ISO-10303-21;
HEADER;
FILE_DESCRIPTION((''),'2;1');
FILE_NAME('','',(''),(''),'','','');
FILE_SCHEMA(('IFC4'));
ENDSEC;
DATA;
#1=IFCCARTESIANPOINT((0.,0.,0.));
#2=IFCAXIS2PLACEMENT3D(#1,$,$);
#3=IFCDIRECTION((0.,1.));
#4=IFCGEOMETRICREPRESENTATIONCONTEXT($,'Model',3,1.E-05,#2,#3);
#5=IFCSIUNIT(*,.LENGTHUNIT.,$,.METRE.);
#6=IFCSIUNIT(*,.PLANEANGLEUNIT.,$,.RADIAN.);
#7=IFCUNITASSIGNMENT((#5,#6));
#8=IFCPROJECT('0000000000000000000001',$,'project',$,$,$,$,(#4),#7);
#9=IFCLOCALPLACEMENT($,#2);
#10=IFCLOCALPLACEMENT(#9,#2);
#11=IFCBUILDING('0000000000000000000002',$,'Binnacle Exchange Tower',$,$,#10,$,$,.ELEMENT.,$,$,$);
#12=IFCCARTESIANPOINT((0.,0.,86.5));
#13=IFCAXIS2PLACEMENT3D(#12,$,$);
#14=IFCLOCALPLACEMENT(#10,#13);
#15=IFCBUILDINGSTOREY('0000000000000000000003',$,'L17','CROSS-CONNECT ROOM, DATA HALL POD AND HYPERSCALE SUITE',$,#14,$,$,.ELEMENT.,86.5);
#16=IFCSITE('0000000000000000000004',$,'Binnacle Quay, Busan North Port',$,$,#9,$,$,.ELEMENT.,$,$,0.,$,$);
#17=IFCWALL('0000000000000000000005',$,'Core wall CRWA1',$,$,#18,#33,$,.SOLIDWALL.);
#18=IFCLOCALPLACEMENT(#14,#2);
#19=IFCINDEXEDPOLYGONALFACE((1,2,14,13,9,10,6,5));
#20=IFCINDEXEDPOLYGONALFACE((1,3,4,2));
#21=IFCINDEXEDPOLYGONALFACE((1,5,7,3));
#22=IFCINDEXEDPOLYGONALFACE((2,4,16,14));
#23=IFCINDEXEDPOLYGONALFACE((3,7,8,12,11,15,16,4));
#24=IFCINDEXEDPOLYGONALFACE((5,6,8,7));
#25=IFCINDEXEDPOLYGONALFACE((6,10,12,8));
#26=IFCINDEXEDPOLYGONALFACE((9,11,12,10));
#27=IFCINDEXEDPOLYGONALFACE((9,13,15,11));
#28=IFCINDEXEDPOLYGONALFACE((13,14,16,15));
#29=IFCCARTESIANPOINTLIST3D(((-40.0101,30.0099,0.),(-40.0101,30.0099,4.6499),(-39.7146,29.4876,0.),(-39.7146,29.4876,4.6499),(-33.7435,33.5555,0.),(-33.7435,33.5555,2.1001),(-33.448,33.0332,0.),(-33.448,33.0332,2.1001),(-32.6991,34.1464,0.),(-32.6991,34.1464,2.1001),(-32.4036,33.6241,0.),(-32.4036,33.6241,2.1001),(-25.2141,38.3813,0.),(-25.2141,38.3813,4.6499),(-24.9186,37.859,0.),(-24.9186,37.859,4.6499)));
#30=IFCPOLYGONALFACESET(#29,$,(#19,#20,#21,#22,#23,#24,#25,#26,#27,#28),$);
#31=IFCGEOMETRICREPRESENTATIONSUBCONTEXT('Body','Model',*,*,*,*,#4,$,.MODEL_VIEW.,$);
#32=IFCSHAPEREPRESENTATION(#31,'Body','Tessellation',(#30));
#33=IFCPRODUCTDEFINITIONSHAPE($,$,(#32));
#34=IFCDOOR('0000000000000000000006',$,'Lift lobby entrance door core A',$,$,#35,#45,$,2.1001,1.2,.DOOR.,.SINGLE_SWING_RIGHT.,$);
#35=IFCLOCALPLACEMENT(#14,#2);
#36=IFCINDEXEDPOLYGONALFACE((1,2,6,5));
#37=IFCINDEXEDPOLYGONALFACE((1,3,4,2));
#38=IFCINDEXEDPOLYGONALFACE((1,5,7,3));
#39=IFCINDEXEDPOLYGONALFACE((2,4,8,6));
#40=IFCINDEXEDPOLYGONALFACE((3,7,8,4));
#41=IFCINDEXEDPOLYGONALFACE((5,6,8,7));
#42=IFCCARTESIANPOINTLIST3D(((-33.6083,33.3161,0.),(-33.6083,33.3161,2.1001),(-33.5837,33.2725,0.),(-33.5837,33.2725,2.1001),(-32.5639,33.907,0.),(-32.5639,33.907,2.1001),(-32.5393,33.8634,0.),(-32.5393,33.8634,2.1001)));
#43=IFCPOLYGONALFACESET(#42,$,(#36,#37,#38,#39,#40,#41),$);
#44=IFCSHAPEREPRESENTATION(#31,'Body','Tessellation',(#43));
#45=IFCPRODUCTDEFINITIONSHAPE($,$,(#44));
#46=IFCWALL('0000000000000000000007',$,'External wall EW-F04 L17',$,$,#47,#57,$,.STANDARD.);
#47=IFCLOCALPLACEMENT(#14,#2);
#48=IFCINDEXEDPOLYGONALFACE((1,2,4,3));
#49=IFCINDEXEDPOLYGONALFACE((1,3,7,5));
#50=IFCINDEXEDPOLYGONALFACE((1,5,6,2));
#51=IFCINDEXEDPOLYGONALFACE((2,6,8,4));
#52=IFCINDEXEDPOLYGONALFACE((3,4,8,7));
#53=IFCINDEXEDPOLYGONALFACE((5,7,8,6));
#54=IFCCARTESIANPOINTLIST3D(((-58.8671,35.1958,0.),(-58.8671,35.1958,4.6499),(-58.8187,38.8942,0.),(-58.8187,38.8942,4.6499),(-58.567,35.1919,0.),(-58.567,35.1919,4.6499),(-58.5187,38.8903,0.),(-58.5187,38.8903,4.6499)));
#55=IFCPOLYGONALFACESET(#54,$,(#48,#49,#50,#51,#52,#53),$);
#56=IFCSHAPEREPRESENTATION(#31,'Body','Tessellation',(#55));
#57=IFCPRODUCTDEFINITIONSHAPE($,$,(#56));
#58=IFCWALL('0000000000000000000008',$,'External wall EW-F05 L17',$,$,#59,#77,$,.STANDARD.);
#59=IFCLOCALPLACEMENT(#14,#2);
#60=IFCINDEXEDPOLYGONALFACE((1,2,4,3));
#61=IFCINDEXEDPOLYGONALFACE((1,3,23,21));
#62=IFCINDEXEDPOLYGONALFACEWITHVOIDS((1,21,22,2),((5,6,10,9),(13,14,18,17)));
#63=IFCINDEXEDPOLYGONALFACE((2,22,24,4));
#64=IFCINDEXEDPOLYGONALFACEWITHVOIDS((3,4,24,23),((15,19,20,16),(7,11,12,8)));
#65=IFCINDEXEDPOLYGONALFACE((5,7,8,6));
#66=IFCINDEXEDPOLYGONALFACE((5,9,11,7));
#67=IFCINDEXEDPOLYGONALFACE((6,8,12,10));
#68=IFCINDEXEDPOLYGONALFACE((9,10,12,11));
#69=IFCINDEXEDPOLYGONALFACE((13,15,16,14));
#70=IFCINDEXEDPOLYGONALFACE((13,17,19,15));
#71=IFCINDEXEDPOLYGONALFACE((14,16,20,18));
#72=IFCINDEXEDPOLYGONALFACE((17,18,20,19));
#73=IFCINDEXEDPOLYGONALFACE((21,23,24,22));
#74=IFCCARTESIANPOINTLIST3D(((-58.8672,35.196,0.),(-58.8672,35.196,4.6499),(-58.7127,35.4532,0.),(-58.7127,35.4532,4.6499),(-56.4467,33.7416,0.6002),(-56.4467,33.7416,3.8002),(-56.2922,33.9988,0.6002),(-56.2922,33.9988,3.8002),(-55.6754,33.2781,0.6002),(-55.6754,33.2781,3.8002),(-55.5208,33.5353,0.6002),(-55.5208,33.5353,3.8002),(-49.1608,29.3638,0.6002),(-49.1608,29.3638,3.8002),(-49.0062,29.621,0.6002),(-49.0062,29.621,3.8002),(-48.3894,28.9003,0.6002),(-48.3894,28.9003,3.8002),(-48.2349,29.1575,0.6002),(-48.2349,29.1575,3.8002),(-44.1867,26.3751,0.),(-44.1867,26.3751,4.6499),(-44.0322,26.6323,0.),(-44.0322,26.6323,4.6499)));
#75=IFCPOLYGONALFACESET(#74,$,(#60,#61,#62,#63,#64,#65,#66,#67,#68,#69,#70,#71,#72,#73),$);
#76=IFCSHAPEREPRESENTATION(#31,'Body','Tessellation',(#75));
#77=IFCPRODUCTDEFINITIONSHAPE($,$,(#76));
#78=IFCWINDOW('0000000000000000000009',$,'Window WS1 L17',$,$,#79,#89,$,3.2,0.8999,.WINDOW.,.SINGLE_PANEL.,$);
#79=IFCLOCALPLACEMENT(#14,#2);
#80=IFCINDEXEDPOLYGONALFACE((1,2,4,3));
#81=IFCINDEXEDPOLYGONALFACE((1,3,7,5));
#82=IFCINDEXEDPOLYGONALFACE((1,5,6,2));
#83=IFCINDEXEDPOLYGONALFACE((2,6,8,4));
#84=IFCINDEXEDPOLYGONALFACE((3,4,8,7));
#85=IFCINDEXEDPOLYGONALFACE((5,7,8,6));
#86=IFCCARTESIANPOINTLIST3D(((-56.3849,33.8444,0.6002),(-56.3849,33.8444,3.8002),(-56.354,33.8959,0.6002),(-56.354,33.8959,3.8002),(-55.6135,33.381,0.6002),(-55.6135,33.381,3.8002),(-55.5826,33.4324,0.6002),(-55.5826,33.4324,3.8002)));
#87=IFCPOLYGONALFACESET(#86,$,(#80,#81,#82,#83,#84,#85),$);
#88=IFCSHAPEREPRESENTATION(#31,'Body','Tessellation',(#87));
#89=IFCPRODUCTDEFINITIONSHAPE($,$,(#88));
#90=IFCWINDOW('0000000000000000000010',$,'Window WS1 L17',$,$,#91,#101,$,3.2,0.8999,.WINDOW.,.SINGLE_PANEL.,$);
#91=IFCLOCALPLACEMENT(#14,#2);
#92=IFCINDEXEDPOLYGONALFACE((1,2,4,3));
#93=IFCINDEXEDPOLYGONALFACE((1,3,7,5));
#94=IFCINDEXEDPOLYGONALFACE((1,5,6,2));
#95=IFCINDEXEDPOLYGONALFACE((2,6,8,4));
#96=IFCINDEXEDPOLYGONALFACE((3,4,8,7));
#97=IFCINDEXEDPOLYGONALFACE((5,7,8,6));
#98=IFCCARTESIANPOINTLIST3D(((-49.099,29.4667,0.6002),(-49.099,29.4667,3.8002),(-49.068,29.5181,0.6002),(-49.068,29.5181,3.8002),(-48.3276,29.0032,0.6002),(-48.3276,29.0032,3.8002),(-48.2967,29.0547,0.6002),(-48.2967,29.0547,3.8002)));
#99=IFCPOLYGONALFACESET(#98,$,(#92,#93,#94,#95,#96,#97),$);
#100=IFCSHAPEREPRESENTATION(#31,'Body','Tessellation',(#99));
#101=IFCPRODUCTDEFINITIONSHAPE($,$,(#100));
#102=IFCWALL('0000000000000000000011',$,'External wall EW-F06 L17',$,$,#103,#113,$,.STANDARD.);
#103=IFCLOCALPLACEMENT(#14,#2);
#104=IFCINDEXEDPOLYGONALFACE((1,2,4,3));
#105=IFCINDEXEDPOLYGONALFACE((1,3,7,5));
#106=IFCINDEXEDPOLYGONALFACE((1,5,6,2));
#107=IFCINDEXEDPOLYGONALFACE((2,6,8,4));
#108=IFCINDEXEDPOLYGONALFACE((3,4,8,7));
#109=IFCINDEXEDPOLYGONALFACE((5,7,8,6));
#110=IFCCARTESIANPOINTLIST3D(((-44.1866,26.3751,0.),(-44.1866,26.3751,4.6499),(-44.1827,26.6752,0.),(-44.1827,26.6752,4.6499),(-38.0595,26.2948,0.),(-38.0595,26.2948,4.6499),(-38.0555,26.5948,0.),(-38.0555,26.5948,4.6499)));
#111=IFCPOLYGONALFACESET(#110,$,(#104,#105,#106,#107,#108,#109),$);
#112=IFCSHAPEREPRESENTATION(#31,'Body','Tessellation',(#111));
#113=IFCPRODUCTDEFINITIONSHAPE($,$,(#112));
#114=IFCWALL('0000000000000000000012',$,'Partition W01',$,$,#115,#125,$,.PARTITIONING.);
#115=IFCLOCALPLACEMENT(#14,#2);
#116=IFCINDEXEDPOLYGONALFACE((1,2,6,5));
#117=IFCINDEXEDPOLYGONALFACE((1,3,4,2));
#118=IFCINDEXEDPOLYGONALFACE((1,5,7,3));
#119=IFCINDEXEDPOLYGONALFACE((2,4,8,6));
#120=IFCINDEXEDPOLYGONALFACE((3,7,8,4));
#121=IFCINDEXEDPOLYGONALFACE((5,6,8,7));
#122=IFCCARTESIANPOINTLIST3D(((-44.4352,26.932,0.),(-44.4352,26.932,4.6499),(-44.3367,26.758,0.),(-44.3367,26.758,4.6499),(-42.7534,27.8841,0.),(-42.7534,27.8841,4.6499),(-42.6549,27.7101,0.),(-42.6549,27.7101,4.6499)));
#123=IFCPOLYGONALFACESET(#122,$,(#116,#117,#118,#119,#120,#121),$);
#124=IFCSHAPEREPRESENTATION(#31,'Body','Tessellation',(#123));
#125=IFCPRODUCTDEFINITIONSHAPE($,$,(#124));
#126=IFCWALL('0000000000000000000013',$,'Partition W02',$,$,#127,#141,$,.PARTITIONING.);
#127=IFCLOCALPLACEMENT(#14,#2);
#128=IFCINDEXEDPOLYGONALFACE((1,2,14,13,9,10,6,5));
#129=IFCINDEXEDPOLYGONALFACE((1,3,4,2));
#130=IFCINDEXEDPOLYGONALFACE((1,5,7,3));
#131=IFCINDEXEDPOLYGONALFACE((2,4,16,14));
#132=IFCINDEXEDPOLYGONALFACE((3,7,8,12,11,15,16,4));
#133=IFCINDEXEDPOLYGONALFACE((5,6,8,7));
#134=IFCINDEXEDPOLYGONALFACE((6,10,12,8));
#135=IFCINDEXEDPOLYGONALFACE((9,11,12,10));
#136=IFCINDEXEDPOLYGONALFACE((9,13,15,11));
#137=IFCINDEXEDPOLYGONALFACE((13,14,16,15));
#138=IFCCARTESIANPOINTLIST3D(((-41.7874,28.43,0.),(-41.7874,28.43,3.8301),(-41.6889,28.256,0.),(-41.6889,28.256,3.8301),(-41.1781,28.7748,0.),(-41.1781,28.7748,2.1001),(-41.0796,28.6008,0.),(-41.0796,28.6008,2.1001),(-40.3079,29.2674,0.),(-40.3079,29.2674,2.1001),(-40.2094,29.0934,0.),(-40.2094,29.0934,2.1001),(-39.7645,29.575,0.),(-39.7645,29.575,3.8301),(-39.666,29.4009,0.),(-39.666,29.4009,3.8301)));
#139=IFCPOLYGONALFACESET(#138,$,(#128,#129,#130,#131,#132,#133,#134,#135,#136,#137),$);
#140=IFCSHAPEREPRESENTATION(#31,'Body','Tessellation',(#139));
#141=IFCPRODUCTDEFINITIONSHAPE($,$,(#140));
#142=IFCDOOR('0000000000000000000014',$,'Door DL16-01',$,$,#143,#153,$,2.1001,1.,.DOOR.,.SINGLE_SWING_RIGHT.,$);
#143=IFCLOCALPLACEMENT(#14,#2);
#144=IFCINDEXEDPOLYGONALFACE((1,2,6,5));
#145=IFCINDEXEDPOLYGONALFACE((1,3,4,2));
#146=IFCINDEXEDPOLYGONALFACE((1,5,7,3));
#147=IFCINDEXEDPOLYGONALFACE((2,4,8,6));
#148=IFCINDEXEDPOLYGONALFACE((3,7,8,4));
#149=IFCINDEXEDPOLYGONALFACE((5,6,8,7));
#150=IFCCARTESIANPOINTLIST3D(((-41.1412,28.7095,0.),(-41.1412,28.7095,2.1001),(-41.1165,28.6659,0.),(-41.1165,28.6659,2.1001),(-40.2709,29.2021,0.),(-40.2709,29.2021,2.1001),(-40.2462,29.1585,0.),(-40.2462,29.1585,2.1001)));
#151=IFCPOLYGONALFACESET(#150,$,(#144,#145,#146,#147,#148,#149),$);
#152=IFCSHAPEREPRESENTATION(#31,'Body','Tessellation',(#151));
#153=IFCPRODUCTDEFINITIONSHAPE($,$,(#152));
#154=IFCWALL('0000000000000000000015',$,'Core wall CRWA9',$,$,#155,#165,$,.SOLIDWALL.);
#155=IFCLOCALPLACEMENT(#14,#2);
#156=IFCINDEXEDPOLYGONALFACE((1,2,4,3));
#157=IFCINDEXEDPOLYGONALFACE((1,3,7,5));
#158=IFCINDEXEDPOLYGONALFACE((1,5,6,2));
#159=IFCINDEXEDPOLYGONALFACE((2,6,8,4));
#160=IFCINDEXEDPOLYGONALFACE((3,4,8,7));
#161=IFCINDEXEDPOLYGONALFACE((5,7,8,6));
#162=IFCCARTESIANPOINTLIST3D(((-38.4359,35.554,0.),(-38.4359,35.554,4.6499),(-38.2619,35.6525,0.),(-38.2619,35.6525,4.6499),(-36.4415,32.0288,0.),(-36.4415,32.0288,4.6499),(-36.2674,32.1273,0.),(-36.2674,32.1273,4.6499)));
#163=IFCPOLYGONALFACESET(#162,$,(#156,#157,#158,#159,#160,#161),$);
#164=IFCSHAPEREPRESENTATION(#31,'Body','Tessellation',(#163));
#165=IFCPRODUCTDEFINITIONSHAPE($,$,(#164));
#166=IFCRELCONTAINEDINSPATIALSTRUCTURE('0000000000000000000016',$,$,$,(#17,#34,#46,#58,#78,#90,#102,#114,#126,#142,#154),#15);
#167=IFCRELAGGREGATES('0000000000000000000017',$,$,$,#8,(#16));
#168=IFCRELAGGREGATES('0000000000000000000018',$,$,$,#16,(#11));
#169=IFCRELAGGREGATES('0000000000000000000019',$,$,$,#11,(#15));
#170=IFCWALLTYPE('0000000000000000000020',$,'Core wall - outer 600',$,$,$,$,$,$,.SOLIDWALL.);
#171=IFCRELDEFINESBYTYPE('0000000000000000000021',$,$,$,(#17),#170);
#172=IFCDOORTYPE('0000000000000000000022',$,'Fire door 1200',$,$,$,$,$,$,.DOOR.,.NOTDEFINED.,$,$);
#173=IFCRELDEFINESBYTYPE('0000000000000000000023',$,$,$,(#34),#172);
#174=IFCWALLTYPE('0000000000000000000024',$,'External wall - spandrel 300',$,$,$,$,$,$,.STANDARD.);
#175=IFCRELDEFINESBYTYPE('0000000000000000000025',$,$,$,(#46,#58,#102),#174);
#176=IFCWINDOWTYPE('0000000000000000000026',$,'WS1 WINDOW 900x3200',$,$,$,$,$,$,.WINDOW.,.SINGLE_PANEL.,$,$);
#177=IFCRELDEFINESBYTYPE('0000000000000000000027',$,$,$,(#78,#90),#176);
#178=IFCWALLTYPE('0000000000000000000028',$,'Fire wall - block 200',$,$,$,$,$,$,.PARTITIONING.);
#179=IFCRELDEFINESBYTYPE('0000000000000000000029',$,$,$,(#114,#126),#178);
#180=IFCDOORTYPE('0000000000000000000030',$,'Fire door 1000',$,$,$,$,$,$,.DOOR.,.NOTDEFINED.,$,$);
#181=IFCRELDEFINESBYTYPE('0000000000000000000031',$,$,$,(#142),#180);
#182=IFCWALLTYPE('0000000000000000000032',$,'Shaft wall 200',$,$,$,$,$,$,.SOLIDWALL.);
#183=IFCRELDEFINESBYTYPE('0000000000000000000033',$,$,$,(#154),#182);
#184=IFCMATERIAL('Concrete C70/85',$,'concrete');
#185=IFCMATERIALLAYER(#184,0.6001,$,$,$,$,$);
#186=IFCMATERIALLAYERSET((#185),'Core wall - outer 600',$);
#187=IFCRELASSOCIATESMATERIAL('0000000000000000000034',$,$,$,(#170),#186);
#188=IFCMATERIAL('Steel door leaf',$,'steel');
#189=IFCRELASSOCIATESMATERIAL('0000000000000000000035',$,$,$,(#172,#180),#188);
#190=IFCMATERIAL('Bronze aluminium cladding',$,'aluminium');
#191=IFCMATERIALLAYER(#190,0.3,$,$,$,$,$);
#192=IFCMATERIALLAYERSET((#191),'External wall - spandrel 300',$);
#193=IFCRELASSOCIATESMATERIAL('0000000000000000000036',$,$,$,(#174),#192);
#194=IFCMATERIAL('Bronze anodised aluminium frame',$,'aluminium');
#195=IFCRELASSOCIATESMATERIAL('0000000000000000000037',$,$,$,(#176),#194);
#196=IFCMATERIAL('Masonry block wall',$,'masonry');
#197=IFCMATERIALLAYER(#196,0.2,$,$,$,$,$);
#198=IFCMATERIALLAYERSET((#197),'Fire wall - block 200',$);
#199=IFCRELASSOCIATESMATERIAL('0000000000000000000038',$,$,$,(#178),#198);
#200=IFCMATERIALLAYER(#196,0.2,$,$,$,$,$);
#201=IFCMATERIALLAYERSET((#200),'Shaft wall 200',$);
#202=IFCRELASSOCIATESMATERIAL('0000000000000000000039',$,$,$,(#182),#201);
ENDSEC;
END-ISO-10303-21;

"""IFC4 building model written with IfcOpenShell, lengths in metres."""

from ifc_helpers import new_model, si_unit, direction, frame, frame_2d, origin, place, context, subcontext, project, spatial, rectangle, extrude, material, layer, layer_set, type_object, element, fill, save


model = new_model("IFC4")

# Units and contexts
model_context = context("Model", 3, precision=1e-05, world=origin(), true_north=direction((0.0, 1.0)))
body_context = subcontext(model_context, "Body", "Model", "MODEL_VIEW")
ifc_project = project(units=[si_unit("LENGTHUNIT", "METRE"), si_unit("PLANEANGLEUNIT", "RADIAN")], contexts=[model_context])

# Site, building, storey
site_placement = place(None, origin())
site = spatial("IfcSite", under=ifc_project, at=site_placement, Name="Binnacle Quay, Busan North Port", CompositionType="ELEMENT", RefElevation=0.0)
building_placement = place(site_placement, origin())
building = spatial("IfcBuilding", under=site, at=building_placement, Name="Binnacle Exchange Tower", CompositionType="ELEMENT")
storey_placement = place(building_placement, frame((0.0, 0.0, 86.5)))
storey = spatial("IfcBuildingStorey", under=building, at=storey_placement, Name="L17", Description="CROSS-CONNECT ROOM, DATA HALL POD AND HYPERSCALE SUITE", CompositionType="ELEMENT", Elevation=86.5)

# Shared definitions
ifc_material_1 = material(Name="Concrete C70/85", Category="concrete")

# Shared definitions
ifc_material_2 = material(Name="Steel door leaf", Category="steel")

# Wall, opening, door
ifc_layer_1 = layer(ifc_material_1, 0.6001)
ifc_layer_set_1 = layer_set([ifc_layer_1], Name="Core wall - outer 600")
wall_type_1 = type_object("IfcWallType", Name="Core wall - outer 600", PredefinedType="SOLIDWALL", material=ifc_layer_set_1)
wall_1_placement = place(storey_placement, frame((-39.8623, 29.7488, 0.0), z_axis=(0.0, 0.0, 1.0), x_axis=(0.87035, 0.492433, 0.0)))
wall_1 = element("IfcWall", 1, at=wall_1_placement, inside=storey, type_object=wall_type_1, Name="Core wall CRWA1", PredefinedType="SOLIDWALL", context=body_context, shape_type="SweptSolid", body=[
    extrude(rectangle(XDim=17.0, YDim=0.6001, at=frame_2d((8.5, 0.0))), origin(), (0.0, 0.0, 1.0), 4.6499),
])
opening_1_placement = place(wall_1_placement, frame((7.2, 0.0, 0.0)))
opening_1 = element("IfcOpeningElement", 2, at=opening_1_placement, cuts=wall_1, PredefinedType="OPENING", context=body_context, shape_type="SweptSolid", body=[
    extrude(rectangle(XDim=1.2, YDim=2.1001, at=frame_2d((0.6001, 1.05))), frame((0.0, 0.3101, 0.0), z_axis=(0.0, -1.0, 0.0), x_axis=(1.0, 0.0, 0.0)), (0.0, 0.0, 1.0), 0.6201),
])
door_type_1 = type_object("IfcDoorType", Name="Fire door 1200", OperationType="NOTDEFINED", PredefinedType="DOOR", material=ifc_material_2)
door_1_placement = place(opening_1_placement, frame((1.2, 0.0, 0.0), z_axis=(0.0, 0.0, 1.0), x_axis=(-1.0, 0.0, 0.0)))
door_1 = element("IfcDoor", 3, at=door_1_placement, inside=storey, type_object=door_type_1, Name="Lift lobby entrance door core A", OperationType="SINGLE_SWING_RIGHT", OverallHeight=2.1001, OverallWidth=1.2, PredefinedType="DOOR", context=body_context, shape_type="SweptSolid", body=[
    extrude(rectangle(XDim=1.2, YDim=2.1001, at=frame_2d((0.6001, 1.05))), frame((0.0, 0.0249, 0.0), z_axis=(0.0, -1.0, 0.0), x_axis=(1.0, 0.0, 0.0)), (0.0, 0.0, 1.0), 0.05),
])
fill(opening_1, door_1)

# Wall
ifc_material_3 = material(Name="Bronze aluminium cladding", Category="aluminium")
ifc_layer_2 = layer(ifc_material_3, 0.3)
ifc_layer_set_2 = layer_set([ifc_layer_2], Name="External wall - spandrel 300")
wall_type_2 = type_object("IfcWallType", Name="External wall - spandrel 300", PredefinedType="STANDARD", material=ifc_layer_set_2)
wall_2_placement = place(storey_placement, frame((-58.717, 35.1938, 0.0), z_axis=(0.0, 0.0, 1.0), x_axis=(0.013069, 0.999915, 0.0)))
element("IfcWall", 4, at=wall_2_placement, inside=storey, type_object=wall_type_2, Name="External wall EW-F04 L17", PredefinedType="STANDARD", context=body_context, shape_type="SweptSolid", body=[
    extrude(rectangle(XDim=3.6987, YDim=0.3, at=frame_2d((1.8494, 0.0))), origin(), (0.0, 0.0, 1.0), 4.6499),
])

# Wall, openings, windows
wall_3_placement = place(storey_placement, frame((-44.1094, 26.5037, 0.0), z_axis=(0.0, 0.0, 1.0), x_axis=(-0.85717, 0.515034, 0.0)))
wall_3 = element("IfcWall", 5, at=wall_3_placement, inside=storey, type_object=wall_type_2, Name="External wall EW-F05 L17", PredefinedType="STANDARD", context=body_context, shape_type="SweptSolid", body=[
    extrude(rectangle(XDim=17.1267, YDim=0.3, at=frame_2d((8.5635, 0.0))), origin(), (0.0, 0.0, 1.0), 4.6499),
])
opening_2_placement = place(wall_3_placement, frame((13.4031, 0.0, 0.6001)))
opening_2 = element("IfcOpeningElement", 6, at=opening_2_placement, cuts=wall_3, PredefinedType="OPENING", context=body_context, shape_type="SweptSolid", body=[
    extrude(rectangle(XDim=0.8999, YDim=3.2, at=frame_2d((0.45, 1.6001))), frame((0.0, 0.1599, 0.0), z_axis=(0.0, -1.0, 0.0), x_axis=(1.0, 0.0, 0.0)), (0.0, 0.0, 1.0), 0.3201),
])
opening_3_placement = place(wall_3_placement, frame((4.9031, 0.0, 0.6001)))
opening_3 = element("IfcOpeningElement", 7, at=opening_3_placement, cuts=wall_3, PredefinedType="OPENING", context=body_context, shape_type="SweptSolid", body=[
    extrude(rectangle(XDim=0.8999, YDim=3.2, at=frame_2d((0.45, 1.6001))), frame((0.0, 0.1599, 0.0), z_axis=(0.0, -1.0, 0.0), x_axis=(1.0, 0.0, 0.0)), (0.0, 0.0, 1.0), 0.3201),
])
ifc_material_4 = material(Name="Bronze anodised aluminium frame", Category="aluminium")
window_type = type_object("IfcWindowType", Name="WS1 WINDOW 900x3200", PartitioningType="SINGLE_PANEL", PredefinedType="WINDOW", material=ifc_material_4)
window_1_placement = place(opening_2_placement, origin())
window_1 = element("IfcWindow", 8, at=window_1_placement, inside=storey, type_object=window_type, Name="Window WS1 L17", OverallHeight=3.2, OverallWidth=0.8999, PartitioningType="SINGLE_PANEL", PredefinedType="WINDOW", context=body_context, shape_type="SweptSolid", body=[
    extrude(rectangle(XDim=0.8999, YDim=3.2, at=frame_2d((0.45, 1.6001))), frame((0.0, 0.03, 0.0), z_axis=(0.0, -1.0, 0.0), x_axis=(1.0, 0.0, 0.0)), (0.0, 0.0, 1.0), 0.0601),
])
fill(opening_2, window_1)
window_2_placement = place(opening_3_placement, origin())
window_2 = element("IfcWindow", 9, at=window_2_placement, inside=storey, type_object=window_type, Name="Window WS1 L17", OverallHeight=3.2, OverallWidth=0.8999, PartitioningType="SINGLE_PANEL", PredefinedType="WINDOW", context=body_context, shape_type="SweptSolid", body=[
    extrude(rectangle(XDim=0.8999, YDim=3.2, at=frame_2d((0.45, 1.6001))), frame((0.0, 0.03, 0.0), z_axis=(0.0, -1.0, 0.0), x_axis=(1.0, 0.0, 0.0)), (0.0, 0.0, 1.0), 0.0601),
])
fill(opening_3, window_2)

# Walls
wall_4_placement = place(storey_placement, frame((-38.0574, 26.4448, 0.0), z_axis=(0.0, 0.0, 1.0), x_axis=(-0.999914, 0.013108, 0.0)))
element("IfcWall", 10, at=wall_4_placement, inside=storey, type_object=wall_type_2, Name="External wall EW-F06 L17", PredefinedType="STANDARD", context=body_context, shape_type="SweptSolid", body=[
    extrude(rectangle(XDim=6.1277, YDim=0.3, at=frame_2d((3.064, 0.0))), origin(), (0.0, 0.0, 1.0), 4.6499),
])
ifc_material_5 = material(Name="Masonry block wall", Category="masonry")
ifc_layer_3 = layer(ifc_material_5, 0.2)
ifc_layer_set_3 = layer_set([ifc_layer_3], Name="Fire wall - block 200")
wall_type_3 = type_object("IfcWallType", Name="Fire wall - block 200", PredefinedType="PARTITIONING", material=ifc_layer_set_3)
wall_5_placement = place(storey_placement, frame((-44.386, 26.845, 0.0), z_axis=(0.0, 0.0, 1.0), x_axis=(0.870226, 0.492652, 0.0)))
element("IfcWall", 11, at=wall_5_placement, inside=storey, type_object=wall_type_3, Name="Partition W01", PredefinedType="PARTITIONING", context=body_context, shape_type="SweptSolid", body=[
    extrude(rectangle(XDim=1.9326, YDim=0.2, at=frame_2d((0.9663, 0.0))), origin(), (0.0, 0.0, 1.0), 4.6499),
])

# Wall, opening, door
wall_6_placement = place(storey_placement, frame((-41.738, 28.343, 0.0), z_axis=(0.0, 0.0, 1.0), x_axis=(0.870265, 0.492583, 0.0)))
wall_6 = element("IfcWall", 12, at=wall_6_placement, inside=storey, type_object=wall_type_3, Name="Partition W02", PredefinedType="PARTITIONING", context=body_context, shape_type="SweptSolid", body=[
    extrude(rectangle(XDim=2.3245, YDim=0.2, at=frame_2d((1.1621, 0.0))), origin(), (0.0, 0.0, 1.0), 3.8301),
])
opening_4_placement = place(wall_6_placement, frame((0.7, 0.0, 0.0)))
opening_4 = element("IfcOpeningElement", 13, at=opening_4_placement, cuts=wall_6, PredefinedType="OPENING", context=body_context, shape_type="SweptSolid", body=[
    extrude(rectangle(XDim=1.0, YDim=2.1001, at=frame_2d((0.5, 1.05))), frame((0.0, 0.1099, 0.0), z_axis=(0.0, -1.0, 0.0), x_axis=(1.0, 0.0, 0.0)), (0.0, 0.0, 1.0), 0.22),
])
door_type_2 = type_object("IfcDoorType", Name="Fire door 1000", OperationType="NOTDEFINED", PredefinedType="DOOR", material=ifc_material_2)
door_2_placement = place(opening_4_placement, origin())
door_2 = element("IfcDoor", 14, at=door_2_placement, inside=storey, type_object=door_type_2, Name="Door DL16-01", OperationType="SINGLE_SWING_RIGHT", OverallHeight=2.1001, OverallWidth=1.0, PredefinedType="DOOR", context=body_context, shape_type="SweptSolid", body=[
    extrude(rectangle(XDim=1.0, YDim=2.1001, at=frame_2d((0.5, 1.05))), frame((0.0, 0.0249, 0.0), z_axis=(0.0, -1.0, 0.0), x_axis=(1.0, 0.0, 0.0)), (0.0, 0.0, 1.0), 0.05),
])
fill(opening_4, door_2)

# Wall
ifc_layer_4 = layer(ifc_material_5, 0.2)
ifc_layer_set_4 = layer_set([ifc_layer_4], Name="Shaft wall 200")
wall_type_4 = type_object("IfcWallType", Name="Shaft wall 200", PredefinedType="SOLIDWALL", material=ifc_layer_set_4)
wall_7_placement = place(storey_placement, frame((-38.3489, 35.6033, 0.0), z_axis=(0.0, 0.0, 1.0), x_axis=(0.492415, -0.870361, 0.0)))
element("IfcWall", 15, at=wall_7_placement, inside=storey, type_object=wall_type_4, Name="Core wall CRWA9", PredefinedType="SOLIDWALL", context=body_context, shape_type="SweptSolid", body=[
    extrude(rectangle(XDim=4.0503, YDim=0.2, at=frame_2d((2.0251, 0.0))), origin(), (0.0, 0.0, 1.0), 4.6499),
])

save(model, "model.ifc")
